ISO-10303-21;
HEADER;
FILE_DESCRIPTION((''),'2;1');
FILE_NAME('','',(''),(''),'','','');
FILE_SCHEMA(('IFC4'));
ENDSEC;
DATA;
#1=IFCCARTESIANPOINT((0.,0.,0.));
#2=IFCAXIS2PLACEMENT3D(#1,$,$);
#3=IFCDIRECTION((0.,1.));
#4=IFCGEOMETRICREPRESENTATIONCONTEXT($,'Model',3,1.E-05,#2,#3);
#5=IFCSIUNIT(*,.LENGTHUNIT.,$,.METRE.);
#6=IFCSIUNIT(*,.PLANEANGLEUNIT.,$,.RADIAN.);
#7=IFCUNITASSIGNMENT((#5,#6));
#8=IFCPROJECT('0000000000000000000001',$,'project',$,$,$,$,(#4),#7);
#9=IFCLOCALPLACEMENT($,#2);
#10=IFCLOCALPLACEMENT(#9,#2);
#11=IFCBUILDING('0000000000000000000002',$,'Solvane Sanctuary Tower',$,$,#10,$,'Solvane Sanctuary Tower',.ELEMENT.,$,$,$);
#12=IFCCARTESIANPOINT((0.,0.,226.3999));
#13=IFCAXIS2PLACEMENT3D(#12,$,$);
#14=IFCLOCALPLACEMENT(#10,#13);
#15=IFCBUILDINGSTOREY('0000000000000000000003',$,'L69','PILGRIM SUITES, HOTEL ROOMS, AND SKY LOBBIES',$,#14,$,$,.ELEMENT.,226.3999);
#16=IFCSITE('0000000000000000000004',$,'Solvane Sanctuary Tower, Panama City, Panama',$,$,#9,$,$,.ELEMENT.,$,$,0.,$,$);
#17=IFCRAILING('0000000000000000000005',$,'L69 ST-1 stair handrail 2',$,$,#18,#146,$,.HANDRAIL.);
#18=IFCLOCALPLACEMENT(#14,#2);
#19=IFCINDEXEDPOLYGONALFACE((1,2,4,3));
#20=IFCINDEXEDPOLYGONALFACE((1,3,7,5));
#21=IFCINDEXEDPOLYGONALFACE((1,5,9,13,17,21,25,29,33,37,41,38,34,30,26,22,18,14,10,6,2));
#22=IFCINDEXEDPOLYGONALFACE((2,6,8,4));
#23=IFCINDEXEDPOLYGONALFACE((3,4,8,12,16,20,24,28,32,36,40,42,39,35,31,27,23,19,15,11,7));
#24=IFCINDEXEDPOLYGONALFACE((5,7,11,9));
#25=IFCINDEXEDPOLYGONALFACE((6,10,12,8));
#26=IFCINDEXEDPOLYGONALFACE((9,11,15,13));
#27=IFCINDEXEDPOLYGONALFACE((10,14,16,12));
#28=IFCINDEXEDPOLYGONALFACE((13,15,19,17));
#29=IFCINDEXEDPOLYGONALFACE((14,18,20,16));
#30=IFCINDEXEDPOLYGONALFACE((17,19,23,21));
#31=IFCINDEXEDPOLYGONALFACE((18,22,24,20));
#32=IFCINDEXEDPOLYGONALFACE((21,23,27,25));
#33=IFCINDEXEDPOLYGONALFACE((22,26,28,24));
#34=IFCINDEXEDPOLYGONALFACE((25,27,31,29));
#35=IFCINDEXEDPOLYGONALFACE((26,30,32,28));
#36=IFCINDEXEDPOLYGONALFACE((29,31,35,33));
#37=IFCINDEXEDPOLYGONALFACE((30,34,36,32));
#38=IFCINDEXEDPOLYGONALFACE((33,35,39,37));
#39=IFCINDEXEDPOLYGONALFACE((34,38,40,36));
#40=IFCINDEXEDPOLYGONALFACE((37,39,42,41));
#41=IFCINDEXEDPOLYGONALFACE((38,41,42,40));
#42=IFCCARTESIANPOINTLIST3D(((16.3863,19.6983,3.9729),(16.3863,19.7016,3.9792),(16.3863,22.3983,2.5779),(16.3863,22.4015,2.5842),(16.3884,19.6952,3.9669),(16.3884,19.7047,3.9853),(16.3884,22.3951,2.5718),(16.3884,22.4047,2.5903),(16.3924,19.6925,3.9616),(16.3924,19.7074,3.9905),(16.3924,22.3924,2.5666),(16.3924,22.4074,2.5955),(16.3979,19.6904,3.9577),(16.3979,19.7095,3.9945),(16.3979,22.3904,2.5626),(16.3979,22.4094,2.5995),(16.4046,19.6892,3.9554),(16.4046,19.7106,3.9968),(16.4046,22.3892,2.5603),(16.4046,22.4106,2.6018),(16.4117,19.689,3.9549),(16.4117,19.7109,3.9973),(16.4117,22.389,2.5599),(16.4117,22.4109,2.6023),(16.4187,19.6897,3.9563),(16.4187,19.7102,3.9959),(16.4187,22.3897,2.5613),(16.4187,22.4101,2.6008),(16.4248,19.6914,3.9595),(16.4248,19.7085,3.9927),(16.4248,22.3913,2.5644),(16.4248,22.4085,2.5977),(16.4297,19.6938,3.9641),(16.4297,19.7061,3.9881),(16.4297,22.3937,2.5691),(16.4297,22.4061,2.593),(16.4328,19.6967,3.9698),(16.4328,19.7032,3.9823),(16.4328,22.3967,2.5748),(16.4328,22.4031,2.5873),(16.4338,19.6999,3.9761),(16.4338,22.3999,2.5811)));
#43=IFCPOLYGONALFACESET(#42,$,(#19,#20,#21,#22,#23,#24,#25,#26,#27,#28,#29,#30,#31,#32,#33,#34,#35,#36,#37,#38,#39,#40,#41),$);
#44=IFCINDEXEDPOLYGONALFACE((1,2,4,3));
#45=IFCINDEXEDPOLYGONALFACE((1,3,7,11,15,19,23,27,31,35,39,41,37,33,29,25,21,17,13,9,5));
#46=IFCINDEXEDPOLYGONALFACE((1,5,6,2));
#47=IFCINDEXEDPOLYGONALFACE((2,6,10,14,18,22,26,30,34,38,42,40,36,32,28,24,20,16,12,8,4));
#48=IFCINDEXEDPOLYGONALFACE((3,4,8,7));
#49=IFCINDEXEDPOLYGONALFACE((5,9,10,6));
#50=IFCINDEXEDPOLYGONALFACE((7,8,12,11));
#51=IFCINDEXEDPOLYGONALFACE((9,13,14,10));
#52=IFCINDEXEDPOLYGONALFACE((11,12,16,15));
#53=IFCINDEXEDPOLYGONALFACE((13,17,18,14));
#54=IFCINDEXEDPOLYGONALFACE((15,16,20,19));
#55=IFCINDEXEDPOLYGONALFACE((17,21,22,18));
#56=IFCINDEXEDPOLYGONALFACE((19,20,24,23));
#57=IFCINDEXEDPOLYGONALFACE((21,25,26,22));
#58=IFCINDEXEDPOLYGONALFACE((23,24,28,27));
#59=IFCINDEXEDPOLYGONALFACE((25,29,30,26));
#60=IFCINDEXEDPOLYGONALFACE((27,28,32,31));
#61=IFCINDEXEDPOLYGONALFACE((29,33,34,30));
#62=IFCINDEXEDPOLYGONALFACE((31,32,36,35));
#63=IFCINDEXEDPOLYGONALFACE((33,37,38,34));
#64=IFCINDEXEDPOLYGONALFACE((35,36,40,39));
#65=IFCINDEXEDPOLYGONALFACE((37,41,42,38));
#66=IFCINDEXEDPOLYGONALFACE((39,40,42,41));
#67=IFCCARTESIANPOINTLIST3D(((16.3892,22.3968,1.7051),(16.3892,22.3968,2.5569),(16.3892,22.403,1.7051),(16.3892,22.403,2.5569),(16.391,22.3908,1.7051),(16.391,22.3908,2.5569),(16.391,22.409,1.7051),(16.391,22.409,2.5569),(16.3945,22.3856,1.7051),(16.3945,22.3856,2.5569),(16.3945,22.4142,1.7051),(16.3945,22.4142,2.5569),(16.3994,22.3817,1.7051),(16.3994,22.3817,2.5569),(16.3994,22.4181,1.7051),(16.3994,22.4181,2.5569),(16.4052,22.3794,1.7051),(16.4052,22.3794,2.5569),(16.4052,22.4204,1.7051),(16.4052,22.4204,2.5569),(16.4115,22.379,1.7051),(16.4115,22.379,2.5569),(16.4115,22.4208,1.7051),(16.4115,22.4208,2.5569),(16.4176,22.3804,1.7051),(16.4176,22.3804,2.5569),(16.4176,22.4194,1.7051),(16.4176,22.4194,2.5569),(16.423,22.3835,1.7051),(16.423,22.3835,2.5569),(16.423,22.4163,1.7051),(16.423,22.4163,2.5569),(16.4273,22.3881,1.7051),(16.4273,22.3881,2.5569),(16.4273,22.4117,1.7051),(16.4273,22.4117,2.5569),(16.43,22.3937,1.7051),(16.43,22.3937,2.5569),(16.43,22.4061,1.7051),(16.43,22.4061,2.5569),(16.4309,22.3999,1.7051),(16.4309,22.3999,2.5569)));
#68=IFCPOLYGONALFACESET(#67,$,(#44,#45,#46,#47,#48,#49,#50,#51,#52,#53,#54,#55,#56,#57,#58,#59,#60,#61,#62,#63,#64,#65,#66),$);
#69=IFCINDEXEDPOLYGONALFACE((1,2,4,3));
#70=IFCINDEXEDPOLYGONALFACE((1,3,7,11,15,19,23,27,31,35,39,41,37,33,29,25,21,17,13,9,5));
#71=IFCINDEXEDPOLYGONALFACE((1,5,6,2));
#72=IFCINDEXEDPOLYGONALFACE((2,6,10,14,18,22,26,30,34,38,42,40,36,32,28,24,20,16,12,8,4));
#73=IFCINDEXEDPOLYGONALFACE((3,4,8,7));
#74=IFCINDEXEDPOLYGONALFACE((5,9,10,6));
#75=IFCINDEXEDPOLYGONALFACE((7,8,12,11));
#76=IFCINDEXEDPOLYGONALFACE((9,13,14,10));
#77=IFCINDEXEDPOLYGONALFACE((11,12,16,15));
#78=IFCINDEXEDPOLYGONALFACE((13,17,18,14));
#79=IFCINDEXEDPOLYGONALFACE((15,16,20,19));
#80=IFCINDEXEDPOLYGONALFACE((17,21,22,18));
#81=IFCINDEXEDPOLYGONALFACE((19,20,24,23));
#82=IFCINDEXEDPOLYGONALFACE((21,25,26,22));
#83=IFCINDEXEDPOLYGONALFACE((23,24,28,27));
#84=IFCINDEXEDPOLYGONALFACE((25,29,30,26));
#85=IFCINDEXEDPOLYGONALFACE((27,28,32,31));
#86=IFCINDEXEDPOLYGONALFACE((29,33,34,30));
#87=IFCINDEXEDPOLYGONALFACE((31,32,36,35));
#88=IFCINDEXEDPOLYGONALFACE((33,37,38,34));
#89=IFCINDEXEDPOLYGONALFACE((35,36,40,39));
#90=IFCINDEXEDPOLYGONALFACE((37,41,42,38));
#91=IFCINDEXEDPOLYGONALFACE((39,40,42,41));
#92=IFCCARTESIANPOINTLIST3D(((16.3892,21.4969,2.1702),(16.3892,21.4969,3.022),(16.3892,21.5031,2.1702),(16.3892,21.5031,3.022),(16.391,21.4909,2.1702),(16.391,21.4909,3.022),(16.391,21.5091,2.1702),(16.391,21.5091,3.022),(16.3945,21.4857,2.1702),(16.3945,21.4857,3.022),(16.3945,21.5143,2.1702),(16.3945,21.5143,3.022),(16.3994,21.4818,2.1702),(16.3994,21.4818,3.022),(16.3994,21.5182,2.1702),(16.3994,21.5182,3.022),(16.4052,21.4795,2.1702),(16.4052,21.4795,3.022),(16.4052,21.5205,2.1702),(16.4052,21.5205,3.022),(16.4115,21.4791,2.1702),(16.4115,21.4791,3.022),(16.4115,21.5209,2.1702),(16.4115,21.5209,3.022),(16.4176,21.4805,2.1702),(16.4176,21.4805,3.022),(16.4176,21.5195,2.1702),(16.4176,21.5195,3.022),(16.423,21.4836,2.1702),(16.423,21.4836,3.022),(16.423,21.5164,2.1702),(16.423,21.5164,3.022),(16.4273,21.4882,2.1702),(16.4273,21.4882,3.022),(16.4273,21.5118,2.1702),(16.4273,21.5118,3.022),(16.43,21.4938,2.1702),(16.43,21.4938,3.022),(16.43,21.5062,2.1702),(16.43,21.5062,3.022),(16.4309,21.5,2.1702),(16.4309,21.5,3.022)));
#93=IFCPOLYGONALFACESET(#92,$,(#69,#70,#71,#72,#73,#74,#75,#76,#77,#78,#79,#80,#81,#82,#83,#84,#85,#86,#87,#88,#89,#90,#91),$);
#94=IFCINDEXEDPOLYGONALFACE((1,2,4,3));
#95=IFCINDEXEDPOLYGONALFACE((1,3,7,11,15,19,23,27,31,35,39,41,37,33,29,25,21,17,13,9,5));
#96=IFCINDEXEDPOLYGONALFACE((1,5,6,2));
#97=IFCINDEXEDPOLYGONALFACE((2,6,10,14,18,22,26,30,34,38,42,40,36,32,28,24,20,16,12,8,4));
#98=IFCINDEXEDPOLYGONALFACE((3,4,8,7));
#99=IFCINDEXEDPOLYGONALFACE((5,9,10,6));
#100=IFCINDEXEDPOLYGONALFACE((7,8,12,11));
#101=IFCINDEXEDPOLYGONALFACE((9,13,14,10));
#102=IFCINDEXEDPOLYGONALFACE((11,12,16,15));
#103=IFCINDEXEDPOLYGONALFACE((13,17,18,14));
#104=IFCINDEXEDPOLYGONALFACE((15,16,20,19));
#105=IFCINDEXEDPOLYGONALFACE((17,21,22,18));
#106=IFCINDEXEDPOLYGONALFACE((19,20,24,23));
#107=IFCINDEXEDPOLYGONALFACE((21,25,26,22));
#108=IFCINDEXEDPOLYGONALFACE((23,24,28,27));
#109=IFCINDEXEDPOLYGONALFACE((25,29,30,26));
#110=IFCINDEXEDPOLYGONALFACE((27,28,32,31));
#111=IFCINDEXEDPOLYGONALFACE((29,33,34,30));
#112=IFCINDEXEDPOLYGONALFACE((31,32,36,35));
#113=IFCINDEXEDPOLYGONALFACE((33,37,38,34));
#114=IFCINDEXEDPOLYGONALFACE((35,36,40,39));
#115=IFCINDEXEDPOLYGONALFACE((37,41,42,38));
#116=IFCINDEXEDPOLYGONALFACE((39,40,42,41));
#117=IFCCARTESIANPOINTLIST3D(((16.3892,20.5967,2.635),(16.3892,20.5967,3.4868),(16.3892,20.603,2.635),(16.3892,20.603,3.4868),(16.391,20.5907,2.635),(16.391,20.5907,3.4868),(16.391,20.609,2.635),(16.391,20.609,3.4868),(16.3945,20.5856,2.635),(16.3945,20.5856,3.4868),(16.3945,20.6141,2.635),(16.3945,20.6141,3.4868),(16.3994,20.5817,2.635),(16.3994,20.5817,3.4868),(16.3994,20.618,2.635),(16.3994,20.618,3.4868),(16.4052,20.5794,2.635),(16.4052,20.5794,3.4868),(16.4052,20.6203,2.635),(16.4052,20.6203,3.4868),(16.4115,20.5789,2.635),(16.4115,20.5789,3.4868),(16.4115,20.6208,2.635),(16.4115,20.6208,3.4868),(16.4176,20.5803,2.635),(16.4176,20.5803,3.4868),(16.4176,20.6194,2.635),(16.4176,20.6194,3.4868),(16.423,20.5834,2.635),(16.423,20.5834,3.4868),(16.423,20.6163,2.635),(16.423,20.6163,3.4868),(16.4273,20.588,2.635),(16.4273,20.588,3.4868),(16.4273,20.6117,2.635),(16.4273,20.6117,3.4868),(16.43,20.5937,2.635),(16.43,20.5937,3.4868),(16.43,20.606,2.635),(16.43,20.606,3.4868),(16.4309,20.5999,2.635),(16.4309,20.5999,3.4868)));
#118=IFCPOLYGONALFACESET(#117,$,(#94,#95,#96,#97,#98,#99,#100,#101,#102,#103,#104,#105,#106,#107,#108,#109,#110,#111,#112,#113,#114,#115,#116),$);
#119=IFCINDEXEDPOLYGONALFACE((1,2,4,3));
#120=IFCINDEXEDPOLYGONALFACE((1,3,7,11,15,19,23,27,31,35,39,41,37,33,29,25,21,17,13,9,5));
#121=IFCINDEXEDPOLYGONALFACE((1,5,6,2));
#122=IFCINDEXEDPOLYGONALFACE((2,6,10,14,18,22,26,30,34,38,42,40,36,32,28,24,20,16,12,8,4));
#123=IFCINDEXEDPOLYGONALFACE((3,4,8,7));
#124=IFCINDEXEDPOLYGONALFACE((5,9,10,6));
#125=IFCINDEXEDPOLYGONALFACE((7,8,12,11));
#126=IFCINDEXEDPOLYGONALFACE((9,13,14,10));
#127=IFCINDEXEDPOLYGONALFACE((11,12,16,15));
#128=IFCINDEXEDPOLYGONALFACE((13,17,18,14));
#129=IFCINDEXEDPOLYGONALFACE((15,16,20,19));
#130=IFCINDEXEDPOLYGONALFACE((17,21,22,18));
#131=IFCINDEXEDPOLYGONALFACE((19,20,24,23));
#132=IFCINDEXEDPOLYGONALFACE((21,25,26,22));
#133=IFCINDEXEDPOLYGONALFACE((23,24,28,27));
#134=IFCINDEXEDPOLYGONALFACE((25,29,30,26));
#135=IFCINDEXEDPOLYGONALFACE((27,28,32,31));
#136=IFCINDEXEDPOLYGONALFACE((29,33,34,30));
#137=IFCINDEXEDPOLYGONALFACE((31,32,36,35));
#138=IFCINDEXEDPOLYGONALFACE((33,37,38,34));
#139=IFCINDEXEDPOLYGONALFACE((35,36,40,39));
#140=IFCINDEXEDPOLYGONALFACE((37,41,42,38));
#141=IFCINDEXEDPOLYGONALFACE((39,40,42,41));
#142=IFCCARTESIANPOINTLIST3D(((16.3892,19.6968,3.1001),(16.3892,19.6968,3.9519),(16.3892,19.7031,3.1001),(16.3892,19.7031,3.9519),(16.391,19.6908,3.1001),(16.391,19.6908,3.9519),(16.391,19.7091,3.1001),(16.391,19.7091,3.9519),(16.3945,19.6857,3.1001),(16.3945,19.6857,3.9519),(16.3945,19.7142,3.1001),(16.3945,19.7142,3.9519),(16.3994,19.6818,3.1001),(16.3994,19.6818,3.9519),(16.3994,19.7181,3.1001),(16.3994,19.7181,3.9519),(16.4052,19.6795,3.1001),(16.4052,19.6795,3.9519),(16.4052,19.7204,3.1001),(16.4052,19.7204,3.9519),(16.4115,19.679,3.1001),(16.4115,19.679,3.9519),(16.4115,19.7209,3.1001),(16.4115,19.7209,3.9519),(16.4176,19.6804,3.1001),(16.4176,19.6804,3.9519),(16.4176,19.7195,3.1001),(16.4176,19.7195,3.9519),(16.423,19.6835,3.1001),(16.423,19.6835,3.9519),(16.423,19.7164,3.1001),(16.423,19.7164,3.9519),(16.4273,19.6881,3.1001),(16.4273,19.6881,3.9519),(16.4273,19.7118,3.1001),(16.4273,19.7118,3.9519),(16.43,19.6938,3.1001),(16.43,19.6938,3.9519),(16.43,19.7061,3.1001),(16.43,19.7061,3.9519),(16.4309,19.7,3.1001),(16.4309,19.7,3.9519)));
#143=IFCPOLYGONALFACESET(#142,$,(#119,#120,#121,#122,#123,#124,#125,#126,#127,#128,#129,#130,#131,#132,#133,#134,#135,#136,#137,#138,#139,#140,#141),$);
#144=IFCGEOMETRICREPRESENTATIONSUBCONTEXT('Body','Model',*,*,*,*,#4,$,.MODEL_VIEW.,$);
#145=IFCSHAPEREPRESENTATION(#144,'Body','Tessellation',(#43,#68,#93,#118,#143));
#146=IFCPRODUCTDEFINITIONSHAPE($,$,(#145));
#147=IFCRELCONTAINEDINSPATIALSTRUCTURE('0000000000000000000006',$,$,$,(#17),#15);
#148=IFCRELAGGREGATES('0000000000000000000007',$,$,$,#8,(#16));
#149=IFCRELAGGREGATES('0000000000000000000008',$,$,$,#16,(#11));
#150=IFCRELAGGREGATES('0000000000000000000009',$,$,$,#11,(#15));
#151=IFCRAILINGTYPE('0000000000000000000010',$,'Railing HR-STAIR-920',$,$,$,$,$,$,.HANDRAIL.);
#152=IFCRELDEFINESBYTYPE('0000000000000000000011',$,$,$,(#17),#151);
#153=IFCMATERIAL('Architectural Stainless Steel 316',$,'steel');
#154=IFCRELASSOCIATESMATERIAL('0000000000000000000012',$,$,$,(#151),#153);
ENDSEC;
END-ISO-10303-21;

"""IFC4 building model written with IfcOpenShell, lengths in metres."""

from ifc_helpers import new_model, si_unit, direction, frame, origin, origin_2d, place, context, subcontext, project, spatial, circle, extrude, material, type_object, element, save


model = new_model("IFC4")

# Units and contexts
model_context = context("Model", 3, precision=1e-05, world=origin(), true_north=direction((0.0, 1.0)))
body_context = subcontext(model_context, "Body", "Model", "MODEL_VIEW")
ifc_project = project(units=[si_unit("LENGTHUNIT", "METRE"), si_unit("PLANEANGLEUNIT", "RADIAN")], contexts=[model_context])

# Site, building, storey
site_placement = place(None, origin())
site = spatial("IfcSite", under=ifc_project, at=site_placement, Name="Solvane Sanctuary Tower, Panama City, Panama", CompositionType="ELEMENT", RefElevation=0.0)
building_placement = place(site_placement, origin())
building = spatial("IfcBuilding", under=site, at=building_placement, Name="Solvane Sanctuary Tower", LongName="Solvane Sanctuary Tower", CompositionType="ELEMENT")
storey_placement = place(building_placement, frame((0.0, 0.0, 226.3999)))
storey = spatial("IfcBuildingStorey", under=building, at=storey_placement, Name="L69", Description="PILGRIM SUITES, HOTEL ROOMS, AND SKY LOBBIES", CompositionType="ELEMENT", Elevation=226.3999)

# Shared definitions
ifc_material_1 = material(Name="Architectural Stainless Steel 316", Category="steel")

# Railing
railing_type_1 = type_object("IfcRailingType", Name="Railing HR-STAIR-920", PredefinedType="HANDRAIL", material=ifc_material_1)
railing_1_placement = place(storey_placement, frame((16.4099, 22.3999, 1.7051)))
element("IfcRailing", 1, at=railing_1_placement, inside=storey, type_object=railing_type_1, Name="L69 ST-1 stair handrail 2", PredefinedType="HANDRAIL", context=body_context, shape_type="SweptSolid", body=[
    extrude(circle(Radius=0.0239, at=origin_2d()), frame((0.0, 0.0, 0.876), z_axis=(0.0, -0.88842, 0.459032), x_axis=(1.0, 0.0, 0.0)), (0.0, 0.0, 1.0), 3.0391),
    extrude(circle(Radius=0.021, at=origin_2d()), origin(), (0.0, 0.0, 1.0), 0.8518),
    extrude(circle(Radius=0.021, at=origin_2d()), frame((0.0, -0.8999, 0.4651)), (0.0, 0.0, 1.0), 0.8518),
    extrude(circle(Radius=0.021, at=origin_2d()), frame((0.0, -1.8, 0.9299)), (0.0, 0.0, 1.0), 0.8518),
    extrude(circle(Radius=0.021, at=origin_2d()), frame((0.0, -2.7, 1.395)), (0.0, 0.0, 1.0), 0.8518),
])

save(model, "model.ifc")
